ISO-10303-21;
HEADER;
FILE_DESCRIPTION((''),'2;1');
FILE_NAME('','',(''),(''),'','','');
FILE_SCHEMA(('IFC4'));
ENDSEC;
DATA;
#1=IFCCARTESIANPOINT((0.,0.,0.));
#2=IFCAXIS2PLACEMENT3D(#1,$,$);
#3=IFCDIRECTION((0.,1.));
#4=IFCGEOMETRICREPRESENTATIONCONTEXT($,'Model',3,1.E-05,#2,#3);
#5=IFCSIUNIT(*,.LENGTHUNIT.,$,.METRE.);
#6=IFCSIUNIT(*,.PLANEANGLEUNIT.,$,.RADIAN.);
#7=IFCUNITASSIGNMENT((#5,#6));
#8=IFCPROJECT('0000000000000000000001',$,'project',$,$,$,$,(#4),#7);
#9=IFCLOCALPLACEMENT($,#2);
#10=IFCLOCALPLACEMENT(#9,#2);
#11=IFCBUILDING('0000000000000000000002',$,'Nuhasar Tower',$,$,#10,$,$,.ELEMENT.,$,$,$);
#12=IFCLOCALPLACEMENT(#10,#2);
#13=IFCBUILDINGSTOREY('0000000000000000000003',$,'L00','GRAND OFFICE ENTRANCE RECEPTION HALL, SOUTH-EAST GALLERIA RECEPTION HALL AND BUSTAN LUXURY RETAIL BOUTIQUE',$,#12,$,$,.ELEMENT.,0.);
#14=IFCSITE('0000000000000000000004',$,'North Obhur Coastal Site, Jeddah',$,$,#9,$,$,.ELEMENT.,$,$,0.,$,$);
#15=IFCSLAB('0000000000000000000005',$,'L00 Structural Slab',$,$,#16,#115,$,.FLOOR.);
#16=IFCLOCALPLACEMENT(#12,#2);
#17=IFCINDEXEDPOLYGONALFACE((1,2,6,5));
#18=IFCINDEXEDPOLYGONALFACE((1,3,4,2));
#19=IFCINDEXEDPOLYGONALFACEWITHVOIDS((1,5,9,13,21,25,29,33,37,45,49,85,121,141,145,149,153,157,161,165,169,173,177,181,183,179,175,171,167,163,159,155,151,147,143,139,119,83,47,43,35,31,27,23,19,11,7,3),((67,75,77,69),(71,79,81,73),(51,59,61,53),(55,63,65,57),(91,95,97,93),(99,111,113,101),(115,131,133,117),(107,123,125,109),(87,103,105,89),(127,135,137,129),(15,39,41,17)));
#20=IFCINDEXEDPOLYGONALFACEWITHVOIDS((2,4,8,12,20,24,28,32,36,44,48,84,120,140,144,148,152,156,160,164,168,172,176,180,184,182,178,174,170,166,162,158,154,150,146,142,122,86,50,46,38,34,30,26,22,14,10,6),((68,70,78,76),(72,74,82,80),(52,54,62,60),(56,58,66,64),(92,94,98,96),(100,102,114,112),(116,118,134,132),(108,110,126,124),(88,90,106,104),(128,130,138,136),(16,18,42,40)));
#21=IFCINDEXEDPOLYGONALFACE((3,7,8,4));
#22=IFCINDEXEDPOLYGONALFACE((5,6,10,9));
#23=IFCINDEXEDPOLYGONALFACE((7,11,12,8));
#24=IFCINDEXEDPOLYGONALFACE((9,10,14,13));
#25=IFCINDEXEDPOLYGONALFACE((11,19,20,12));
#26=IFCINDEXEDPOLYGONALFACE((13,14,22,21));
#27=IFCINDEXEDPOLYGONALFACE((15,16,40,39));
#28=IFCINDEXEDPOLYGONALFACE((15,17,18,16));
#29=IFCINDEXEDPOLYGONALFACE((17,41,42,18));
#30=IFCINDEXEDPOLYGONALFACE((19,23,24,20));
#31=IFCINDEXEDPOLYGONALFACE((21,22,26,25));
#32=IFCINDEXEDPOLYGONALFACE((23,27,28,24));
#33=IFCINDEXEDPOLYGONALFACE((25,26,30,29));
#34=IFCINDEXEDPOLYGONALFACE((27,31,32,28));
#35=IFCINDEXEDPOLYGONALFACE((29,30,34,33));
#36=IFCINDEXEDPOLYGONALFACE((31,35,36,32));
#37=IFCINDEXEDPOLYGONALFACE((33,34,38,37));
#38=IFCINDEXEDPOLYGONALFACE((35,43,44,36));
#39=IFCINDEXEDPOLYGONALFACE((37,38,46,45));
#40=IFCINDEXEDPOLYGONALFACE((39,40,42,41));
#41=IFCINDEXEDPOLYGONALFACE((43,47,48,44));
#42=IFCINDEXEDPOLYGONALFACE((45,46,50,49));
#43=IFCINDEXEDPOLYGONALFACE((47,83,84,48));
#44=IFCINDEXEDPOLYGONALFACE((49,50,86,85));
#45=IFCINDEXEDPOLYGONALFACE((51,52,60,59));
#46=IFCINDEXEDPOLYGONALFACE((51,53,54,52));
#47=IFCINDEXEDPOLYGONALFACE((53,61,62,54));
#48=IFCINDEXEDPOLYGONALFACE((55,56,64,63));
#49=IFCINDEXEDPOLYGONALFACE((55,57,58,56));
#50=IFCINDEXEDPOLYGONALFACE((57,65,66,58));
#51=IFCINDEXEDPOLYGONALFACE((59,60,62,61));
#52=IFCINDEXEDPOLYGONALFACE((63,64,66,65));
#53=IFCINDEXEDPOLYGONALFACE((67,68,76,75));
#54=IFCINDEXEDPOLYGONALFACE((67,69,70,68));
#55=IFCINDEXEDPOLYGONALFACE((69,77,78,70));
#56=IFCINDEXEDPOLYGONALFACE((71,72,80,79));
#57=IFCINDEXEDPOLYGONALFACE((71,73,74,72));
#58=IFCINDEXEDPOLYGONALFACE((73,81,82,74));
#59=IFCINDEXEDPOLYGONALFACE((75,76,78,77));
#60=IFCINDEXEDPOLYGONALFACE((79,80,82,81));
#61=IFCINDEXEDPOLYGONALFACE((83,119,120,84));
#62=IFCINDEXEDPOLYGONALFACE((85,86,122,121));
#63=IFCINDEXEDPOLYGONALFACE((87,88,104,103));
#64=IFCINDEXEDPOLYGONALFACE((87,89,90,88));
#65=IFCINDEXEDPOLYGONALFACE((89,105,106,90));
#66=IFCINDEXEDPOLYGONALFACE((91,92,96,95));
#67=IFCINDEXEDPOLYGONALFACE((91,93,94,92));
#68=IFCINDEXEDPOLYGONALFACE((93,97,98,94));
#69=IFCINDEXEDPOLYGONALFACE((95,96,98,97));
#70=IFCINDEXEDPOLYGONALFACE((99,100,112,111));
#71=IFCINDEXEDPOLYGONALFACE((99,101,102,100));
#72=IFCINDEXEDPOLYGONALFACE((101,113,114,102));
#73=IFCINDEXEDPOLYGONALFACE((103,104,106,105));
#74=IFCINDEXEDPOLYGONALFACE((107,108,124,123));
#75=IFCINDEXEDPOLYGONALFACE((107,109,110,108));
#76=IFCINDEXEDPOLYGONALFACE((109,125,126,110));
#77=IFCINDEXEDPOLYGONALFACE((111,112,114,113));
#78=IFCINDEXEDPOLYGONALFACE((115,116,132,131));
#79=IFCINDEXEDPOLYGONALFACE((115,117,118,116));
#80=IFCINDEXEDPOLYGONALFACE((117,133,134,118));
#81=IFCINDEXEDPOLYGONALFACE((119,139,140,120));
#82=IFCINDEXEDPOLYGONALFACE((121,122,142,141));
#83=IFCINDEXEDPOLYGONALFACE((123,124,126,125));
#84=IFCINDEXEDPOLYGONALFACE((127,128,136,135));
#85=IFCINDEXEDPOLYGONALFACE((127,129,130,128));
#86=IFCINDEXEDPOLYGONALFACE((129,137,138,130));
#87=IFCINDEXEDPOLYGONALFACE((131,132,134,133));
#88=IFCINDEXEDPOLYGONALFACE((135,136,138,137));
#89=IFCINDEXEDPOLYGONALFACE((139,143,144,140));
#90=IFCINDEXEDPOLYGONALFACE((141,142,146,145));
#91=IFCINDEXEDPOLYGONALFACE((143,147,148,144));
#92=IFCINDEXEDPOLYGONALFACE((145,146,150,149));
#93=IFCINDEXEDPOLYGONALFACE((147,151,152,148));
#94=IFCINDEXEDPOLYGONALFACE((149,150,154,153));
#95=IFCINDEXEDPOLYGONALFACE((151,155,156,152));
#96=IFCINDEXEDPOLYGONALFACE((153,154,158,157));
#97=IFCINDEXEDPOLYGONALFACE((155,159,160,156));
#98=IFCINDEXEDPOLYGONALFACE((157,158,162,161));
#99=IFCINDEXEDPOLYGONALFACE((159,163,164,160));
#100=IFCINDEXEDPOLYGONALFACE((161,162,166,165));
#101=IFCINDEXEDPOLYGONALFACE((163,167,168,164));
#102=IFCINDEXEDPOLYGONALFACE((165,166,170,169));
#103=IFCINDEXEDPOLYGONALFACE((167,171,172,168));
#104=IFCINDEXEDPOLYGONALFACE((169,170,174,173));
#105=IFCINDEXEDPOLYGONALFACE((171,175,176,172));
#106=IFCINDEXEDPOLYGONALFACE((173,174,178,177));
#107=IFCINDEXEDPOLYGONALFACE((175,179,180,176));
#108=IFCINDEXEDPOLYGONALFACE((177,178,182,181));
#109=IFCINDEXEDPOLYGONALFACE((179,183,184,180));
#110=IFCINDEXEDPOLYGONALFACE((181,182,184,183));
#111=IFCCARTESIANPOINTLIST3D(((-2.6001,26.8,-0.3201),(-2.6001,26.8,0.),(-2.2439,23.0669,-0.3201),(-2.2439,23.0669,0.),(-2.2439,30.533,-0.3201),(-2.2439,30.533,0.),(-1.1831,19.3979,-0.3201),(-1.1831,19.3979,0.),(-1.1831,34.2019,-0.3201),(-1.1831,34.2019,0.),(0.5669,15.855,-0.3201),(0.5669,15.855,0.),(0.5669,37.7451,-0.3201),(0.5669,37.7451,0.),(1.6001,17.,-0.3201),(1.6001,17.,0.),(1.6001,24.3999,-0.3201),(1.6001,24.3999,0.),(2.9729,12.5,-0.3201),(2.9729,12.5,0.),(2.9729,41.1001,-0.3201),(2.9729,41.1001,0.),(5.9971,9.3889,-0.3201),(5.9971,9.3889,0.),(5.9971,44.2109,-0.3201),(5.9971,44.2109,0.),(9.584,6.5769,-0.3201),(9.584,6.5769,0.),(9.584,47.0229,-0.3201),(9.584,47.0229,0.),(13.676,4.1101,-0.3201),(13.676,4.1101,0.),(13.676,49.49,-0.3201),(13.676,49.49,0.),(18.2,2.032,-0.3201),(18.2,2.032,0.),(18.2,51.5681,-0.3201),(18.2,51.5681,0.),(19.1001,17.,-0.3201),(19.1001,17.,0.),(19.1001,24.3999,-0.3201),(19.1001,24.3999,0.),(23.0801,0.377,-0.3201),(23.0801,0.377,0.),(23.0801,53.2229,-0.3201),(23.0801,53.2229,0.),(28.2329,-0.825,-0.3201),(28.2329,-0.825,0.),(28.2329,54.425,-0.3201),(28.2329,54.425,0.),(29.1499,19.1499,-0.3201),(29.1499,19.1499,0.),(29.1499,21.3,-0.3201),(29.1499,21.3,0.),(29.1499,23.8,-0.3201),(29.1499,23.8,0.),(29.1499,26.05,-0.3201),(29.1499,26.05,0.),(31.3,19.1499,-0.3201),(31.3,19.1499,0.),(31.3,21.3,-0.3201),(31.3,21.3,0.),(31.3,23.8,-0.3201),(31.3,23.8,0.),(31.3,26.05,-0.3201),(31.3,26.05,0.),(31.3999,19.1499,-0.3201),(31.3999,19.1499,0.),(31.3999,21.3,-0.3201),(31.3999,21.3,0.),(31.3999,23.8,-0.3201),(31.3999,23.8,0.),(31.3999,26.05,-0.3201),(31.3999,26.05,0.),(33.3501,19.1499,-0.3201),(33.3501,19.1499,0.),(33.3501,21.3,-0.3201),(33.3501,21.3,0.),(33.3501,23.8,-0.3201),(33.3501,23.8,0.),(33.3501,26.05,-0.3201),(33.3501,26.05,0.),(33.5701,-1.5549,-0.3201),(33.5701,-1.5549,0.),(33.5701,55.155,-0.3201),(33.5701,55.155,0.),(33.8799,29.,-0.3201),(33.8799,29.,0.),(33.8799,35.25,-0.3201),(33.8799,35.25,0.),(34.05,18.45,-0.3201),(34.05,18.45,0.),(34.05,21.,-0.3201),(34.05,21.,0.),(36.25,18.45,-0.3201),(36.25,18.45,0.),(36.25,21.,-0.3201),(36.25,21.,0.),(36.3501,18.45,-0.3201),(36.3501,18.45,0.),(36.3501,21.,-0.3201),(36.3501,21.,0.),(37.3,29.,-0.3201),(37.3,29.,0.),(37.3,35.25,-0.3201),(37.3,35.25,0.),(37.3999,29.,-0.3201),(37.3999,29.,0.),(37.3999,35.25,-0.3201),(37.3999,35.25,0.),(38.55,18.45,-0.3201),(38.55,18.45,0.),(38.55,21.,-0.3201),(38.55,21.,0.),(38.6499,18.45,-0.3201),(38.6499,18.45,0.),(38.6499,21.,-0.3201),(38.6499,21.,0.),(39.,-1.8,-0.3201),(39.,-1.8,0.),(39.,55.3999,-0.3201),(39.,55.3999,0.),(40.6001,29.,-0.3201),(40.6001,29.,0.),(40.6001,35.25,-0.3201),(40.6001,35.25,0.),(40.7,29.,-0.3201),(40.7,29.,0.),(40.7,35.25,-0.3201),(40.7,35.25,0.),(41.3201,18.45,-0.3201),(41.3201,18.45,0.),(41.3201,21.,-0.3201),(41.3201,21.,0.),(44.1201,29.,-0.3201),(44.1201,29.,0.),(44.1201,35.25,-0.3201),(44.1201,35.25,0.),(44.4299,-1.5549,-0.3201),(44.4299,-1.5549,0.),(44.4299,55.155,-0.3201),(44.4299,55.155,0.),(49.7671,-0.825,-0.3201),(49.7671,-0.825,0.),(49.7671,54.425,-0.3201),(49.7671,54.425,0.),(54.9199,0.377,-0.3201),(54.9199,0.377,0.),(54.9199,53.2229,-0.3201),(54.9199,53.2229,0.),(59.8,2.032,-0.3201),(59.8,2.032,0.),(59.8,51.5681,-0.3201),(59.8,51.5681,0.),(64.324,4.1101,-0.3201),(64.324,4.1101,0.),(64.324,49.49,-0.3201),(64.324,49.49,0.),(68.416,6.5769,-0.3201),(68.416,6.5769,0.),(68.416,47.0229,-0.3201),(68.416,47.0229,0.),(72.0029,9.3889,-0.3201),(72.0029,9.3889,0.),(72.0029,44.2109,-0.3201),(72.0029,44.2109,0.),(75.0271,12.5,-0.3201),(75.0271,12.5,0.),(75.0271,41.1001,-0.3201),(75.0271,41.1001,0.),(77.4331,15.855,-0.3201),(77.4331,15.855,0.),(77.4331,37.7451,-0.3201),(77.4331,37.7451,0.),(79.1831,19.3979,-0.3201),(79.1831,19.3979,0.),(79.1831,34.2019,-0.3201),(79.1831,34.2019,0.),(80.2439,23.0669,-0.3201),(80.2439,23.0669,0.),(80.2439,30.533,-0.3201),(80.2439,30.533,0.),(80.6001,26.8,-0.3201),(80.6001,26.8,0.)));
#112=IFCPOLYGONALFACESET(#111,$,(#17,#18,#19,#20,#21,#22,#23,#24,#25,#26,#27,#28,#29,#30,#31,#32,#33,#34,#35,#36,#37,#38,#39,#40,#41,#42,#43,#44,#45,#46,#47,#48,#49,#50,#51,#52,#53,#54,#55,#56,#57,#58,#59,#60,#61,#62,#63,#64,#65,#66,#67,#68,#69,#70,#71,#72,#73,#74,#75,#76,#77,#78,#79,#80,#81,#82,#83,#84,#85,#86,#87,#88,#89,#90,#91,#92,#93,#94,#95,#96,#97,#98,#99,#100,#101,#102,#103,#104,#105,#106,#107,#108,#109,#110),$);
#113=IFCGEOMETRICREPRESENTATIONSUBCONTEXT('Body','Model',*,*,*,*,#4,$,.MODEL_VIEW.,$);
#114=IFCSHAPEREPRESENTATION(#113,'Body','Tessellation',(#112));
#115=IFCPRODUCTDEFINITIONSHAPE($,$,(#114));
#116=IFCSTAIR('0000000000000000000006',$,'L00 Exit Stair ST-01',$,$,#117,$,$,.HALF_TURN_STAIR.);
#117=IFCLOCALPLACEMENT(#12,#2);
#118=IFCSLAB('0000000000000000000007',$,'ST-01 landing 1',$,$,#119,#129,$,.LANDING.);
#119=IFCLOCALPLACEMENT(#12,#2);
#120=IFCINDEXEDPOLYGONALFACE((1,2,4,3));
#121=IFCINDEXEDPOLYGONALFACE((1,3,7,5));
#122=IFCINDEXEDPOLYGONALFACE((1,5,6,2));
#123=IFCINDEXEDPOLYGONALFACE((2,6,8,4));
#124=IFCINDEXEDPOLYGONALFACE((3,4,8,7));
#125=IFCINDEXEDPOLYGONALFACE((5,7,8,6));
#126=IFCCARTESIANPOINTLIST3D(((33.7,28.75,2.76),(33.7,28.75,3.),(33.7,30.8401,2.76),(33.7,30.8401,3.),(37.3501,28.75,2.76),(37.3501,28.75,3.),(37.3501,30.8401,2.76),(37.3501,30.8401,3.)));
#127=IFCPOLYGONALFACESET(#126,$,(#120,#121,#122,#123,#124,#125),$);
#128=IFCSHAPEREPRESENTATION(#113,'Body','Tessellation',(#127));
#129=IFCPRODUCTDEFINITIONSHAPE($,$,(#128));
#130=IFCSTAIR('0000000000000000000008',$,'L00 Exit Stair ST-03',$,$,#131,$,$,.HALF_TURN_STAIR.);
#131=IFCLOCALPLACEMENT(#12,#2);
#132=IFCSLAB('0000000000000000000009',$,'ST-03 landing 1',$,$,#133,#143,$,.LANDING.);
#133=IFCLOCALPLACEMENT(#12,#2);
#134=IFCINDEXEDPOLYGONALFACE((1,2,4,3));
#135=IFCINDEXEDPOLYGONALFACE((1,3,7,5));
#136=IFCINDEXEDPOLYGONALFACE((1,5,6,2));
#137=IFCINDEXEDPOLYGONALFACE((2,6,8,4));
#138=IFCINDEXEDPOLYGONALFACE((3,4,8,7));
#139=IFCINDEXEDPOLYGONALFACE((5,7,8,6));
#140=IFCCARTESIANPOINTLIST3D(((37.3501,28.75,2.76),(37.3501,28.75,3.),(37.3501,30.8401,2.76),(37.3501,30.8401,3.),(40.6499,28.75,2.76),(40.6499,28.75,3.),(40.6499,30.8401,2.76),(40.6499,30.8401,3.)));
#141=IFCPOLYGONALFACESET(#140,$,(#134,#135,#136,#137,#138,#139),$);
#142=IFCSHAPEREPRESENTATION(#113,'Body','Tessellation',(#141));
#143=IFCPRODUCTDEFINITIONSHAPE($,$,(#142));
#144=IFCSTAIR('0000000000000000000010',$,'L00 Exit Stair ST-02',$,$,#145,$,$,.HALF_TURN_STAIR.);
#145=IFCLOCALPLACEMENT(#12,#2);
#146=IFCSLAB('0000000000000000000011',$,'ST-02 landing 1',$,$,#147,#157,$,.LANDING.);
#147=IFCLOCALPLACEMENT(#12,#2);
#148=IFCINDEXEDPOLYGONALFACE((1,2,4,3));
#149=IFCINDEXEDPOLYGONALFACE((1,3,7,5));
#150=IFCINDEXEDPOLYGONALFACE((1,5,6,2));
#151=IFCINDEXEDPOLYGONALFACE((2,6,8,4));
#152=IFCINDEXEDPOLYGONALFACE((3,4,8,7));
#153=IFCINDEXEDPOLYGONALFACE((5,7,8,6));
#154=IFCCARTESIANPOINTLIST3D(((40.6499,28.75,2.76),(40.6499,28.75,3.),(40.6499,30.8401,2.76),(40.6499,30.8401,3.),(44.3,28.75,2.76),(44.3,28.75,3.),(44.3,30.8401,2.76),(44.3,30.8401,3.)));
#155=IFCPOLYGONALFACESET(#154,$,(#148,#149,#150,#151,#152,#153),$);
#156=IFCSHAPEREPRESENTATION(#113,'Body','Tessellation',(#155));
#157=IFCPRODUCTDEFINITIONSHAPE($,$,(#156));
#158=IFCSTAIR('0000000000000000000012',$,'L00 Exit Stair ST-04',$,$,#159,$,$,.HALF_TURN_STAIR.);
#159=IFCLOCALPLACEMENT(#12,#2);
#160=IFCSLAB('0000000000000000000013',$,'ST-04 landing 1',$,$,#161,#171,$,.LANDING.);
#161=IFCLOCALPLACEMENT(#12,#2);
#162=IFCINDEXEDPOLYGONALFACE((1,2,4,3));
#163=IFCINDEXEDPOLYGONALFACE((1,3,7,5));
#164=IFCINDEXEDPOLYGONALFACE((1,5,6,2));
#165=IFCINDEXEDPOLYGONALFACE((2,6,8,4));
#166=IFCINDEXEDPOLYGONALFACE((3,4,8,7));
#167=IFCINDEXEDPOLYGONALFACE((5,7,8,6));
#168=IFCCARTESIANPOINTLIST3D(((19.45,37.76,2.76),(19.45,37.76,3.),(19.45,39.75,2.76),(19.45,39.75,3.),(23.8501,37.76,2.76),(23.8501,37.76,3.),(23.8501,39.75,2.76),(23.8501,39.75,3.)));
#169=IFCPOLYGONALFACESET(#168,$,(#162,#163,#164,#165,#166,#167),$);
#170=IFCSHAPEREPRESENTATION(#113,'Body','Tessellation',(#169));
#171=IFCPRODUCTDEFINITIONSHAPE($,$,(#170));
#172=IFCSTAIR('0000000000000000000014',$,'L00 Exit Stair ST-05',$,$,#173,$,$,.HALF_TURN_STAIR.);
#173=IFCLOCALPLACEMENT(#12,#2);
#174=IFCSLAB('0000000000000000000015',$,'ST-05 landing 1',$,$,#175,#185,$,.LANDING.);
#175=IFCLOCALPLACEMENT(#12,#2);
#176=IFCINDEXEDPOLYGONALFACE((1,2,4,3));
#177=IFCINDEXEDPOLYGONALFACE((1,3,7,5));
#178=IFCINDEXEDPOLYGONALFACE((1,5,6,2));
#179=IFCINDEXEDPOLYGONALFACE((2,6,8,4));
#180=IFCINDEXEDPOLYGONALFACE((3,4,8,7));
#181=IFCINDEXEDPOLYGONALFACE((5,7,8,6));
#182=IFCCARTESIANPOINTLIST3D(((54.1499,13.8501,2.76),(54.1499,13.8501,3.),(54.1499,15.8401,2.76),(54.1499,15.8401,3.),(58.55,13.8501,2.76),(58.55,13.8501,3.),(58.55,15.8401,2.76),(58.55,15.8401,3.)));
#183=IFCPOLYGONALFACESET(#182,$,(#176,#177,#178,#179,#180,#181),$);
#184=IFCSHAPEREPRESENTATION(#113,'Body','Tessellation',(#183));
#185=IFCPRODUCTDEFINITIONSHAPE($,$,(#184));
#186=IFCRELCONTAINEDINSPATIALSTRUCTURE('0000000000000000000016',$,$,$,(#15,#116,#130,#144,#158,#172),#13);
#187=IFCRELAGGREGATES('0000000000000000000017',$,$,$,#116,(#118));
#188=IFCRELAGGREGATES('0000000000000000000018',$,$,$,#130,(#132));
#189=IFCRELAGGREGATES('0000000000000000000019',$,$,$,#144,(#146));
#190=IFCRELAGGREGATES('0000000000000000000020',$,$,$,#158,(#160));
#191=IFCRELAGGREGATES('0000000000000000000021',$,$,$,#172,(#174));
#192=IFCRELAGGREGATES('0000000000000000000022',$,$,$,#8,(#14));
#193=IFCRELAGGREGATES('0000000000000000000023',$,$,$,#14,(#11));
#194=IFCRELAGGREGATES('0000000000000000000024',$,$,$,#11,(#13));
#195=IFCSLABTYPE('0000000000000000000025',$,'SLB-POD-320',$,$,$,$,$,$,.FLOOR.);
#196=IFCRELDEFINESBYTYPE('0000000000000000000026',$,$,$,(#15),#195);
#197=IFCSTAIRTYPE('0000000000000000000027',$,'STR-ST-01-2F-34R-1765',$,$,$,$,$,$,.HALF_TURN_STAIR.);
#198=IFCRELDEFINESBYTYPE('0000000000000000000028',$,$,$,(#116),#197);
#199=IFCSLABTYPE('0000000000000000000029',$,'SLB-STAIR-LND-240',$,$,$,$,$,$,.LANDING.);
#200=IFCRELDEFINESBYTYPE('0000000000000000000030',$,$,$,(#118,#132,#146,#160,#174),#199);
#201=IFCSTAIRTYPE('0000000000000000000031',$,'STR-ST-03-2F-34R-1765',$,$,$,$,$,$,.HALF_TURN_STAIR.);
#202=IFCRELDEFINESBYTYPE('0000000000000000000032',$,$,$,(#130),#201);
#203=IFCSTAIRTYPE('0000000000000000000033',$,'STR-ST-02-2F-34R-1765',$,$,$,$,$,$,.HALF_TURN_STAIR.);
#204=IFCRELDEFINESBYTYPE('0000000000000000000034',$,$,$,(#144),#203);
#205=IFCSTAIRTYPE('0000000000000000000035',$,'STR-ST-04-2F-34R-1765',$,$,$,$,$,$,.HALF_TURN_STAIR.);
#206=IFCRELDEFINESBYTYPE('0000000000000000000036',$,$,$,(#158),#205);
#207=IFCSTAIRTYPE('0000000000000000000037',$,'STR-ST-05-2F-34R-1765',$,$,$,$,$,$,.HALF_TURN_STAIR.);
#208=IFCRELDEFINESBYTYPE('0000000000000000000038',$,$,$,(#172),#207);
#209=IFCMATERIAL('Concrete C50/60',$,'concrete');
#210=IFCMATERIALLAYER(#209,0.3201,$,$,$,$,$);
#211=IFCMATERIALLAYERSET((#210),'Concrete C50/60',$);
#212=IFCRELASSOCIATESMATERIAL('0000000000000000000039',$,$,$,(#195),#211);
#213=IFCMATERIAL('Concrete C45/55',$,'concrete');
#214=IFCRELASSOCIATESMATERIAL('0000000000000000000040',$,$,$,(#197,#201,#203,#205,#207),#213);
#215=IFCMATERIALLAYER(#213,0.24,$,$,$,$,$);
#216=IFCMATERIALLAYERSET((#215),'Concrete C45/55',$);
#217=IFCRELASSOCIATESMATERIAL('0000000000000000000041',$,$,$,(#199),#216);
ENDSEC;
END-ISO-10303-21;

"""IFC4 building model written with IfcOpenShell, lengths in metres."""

from ifc_helpers import new_model, si_unit, direction, frame, origin, place, context, subcontext, project, spatial, polyline, outline, extrude, material, layer, layer_set, type_object, element, aggregate, save


model = new_model("IFC4")

# Units and contexts
model_context = context("Model", 3, precision=1e-05, world=origin(), true_north=direction((0.0, 1.0)))
body_context = subcontext(model_context, "Body", "Model", "MODEL_VIEW")
ifc_project = project(units=[si_unit("LENGTHUNIT", "METRE"), si_unit("PLANEANGLEUNIT", "RADIAN")], contexts=[model_context])

# Site, building, storey
site_placement = place(None, origin())
site = spatial("IfcSite", under=ifc_project, at=site_placement, Name="North Obhur Coastal Site, Jeddah", CompositionType="ELEMENT", RefElevation=0.0)
building_placement = place(site_placement, origin())
building = spatial("IfcBuilding", under=site, at=building_placement, Name="Nuhasar Tower", CompositionType="ELEMENT")
storey_placement = place(building_placement, origin())
storey = spatial("IfcBuildingStorey", under=building, at=storey_placement, Name="L00", Description="GRAND OFFICE ENTRANCE RECEPTION HALL, SOUTH-EAST GALLERIA RECEPTION HALL AND BUSTAN LUXURY RETAIL BOUTIQUE", CompositionType="ELEMENT", Elevation=0.0)

# Slab
ifc_material_1 = material(Name="Concrete C50/60", Category="concrete")
ifc_layer_1 = layer(ifc_material_1, 0.3201)
ifc_layer_set_1 = layer_set([ifc_layer_1], Name="Concrete C50/60")
slab_type_1 = type_object("IfcSlabType", Name="SLB-POD-320", PredefinedType="FLOOR", material=ifc_layer_set_1)
slab_1_placement = place(storey_placement, frame((0.0, 0.0, -0.3201)))
element("IfcSlab", 1, at=slab_1_placement, inside=storey, type_object=slab_type_1, Name="L00 Structural Slab", PredefinedType="FLOOR", context=body_context, shape_type="SweptSolid", body=[
    extrude(outline(polyline([(80.6001, 26.8), (80.2439, 30.533), (79.1831, 34.2019), (77.4331, 37.7451), (75.0271, 41.1001), (72.0029, 44.2109), (68.416, 47.0229), (64.324, 49.49), (59.8, 51.5681), (54.9199, 53.2229), (49.7671, 54.425), (44.4299, 55.155), (39.0, 55.3999), (33.5701, 55.155), (28.2329, 54.425), (23.0801, 53.2229), (18.2, 51.5681), (13.676, 49.49), (9.584, 47.0229), (5.9971, 44.2109), (2.9729, 41.1001), (0.5669, 37.7451), (-1.1831, 34.2019), (-2.2439, 30.533), (-2.6001, 26.8), (-2.2439, 23.0669), (-1.1831, 19.3979), (0.5669, 15.855), (2.9729, 12.5), (5.9971, 9.3889), (9.584, 6.5769), (13.676, 4.1101), (18.2, 2.032), (23.0801, 0.377), (28.2329, -0.825), (33.5701, -1.5549), (39.0, -1.8), (44.4299, -1.5549), (49.7671, -0.825), (54.9199, 0.377), (59.8, 2.032), (64.324, 4.1101), (68.416, 6.5769), (72.0029, 9.3889), (75.0271, 12.5), (77.4331, 15.855), (79.1831, 19.3979), (80.2439, 23.0669), (80.6001, 26.8)]), holes=[polyline([(33.8799, 35.25), (37.3, 35.25), (37.3, 29.0), (33.8799, 29.0), (33.8799, 35.25)]), polyline([(37.3999, 35.25), (40.6001, 35.25), (40.6001, 29.0), (37.3999, 29.0), (37.3999, 35.25)]), polyline([(40.7, 35.25), (44.1201, 35.25), (44.1201, 29.0), (40.7, 29.0), (40.7, 35.25)]), polyline([(29.1499, 26.05), (31.3, 26.05), (31.3, 23.8), (29.1499, 23.8), (29.1499, 26.05)]), polyline([(31.3999, 26.05), (33.3501, 26.05), (33.3501, 23.8), (31.3999, 23.8), (31.3999, 26.05)]), polyline([(29.1499, 21.3), (31.3, 21.3), (31.3, 19.1499), (29.1499, 19.1499), (29.1499, 21.3)]), polyline([(31.3999, 21.3), (33.3501, 21.3), (33.3501, 19.1499), (31.3999, 19.1499), (31.3999, 21.3)]), polyline([(34.05, 21.0), (36.25, 21.0), (36.25, 18.45), (34.05, 18.45), (34.05, 21.0)]), polyline([(36.3501, 21.0), (38.55, 21.0), (38.55, 18.45), (36.3501, 18.45), (36.3501, 21.0)]), polyline([(38.6499, 21.0), (41.3201, 21.0), (41.3201, 18.45), (38.6499, 18.45), (38.6499, 21.0)]), polyline([(1.6001, 24.3999), (19.1001, 24.3999), (19.1001, 17.0), (1.6001, 17.0), (1.6001, 24.3999)])]), origin(), (0.0, 0.0, 1.0), 0.3201),
])

# Stairs, slabs
ifc_material_2 = material(Name="Concrete C45/55", Category="concrete")
stair_type_1 = type_object("IfcStairType", Name="STR-ST-01-2F-34R-1765", PredefinedType="HALF_TURN_STAIR", material=ifc_material_2)
stair_1_placement = place(storey_placement, origin())
stair_1 = element("IfcStair", 2, at=stair_1_placement, inside=storey, type_object=stair_type_1, Name="L00 Exit Stair ST-01", PredefinedType="HALF_TURN_STAIR")
ifc_layer_2 = layer(ifc_material_2, 0.24)
ifc_layer_set_2 = layer_set([ifc_layer_2], Name="Concrete C45/55")
slab_type_2 = type_object("IfcSlabType", Name="SLB-STAIR-LND-240", PredefinedType="LANDING", material=ifc_layer_set_2)
slab_2_placement = place(storey_placement, frame((0.0, 0.0, 2.76)))
slab_2 = element("IfcSlab", 3, at=slab_2_placement, type_object=slab_type_2, Name="ST-01 landing 1", PredefinedType="LANDING", context=body_context, shape_type="SweptSolid", body=[
    extrude(outline(polyline([(33.7, 28.75), (37.3501, 28.75), (37.3501, 30.8401), (33.7, 30.8401), (33.7, 28.75)])), origin(), (0.0, 0.0, 1.0), 0.24),
])
aggregate(stair_1, [slab_2])
stair_type_2 = type_object("IfcStairType", Name="STR-ST-03-2F-34R-1765", PredefinedType="HALF_TURN_STAIR", material=ifc_material_2)
stair_2_placement = place(storey_placement, origin())
stair_2 = element("IfcStair", 4, at=stair_2_placement, inside=storey, type_object=stair_type_2, Name="L00 Exit Stair ST-03", PredefinedType="HALF_TURN_STAIR")
slab_3_placement = place(storey_placement, frame((0.0, 0.0, 2.76)))
slab_3 = element("IfcSlab", 5, at=slab_3_placement, type_object=slab_type_2, Name="ST-03 landing 1", PredefinedType="LANDING", context=body_context, shape_type="SweptSolid", body=[
    extrude(outline(polyline([(37.3501, 28.75), (40.6499, 28.75), (40.6499, 30.8401), (37.3501, 30.8401), (37.3501, 28.75)])), origin(), (0.0, 0.0, 1.0), 0.24),
])
aggregate(stair_2, [slab_3])
stair_type_3 = type_object("IfcStairType", Name="STR-ST-02-2F-34R-1765", PredefinedType="HALF_TURN_STAIR", material=ifc_material_2)
stair_3_placement = place(storey_placement, origin())
stair_3 = element("IfcStair", 6, at=stair_3_placement, inside=storey, type_object=stair_type_3, Name="L00 Exit Stair ST-02", PredefinedType="HALF_TURN_STAIR")
slab_4_placement = place(storey_placement, frame((0.0, 0.0, 2.76)))
slab_4 = element("IfcSlab", 7, at=slab_4_placement, type_object=slab_type_2, Name="ST-02 landing 1", PredefinedType="LANDING", context=body_context, shape_type="SweptSolid", body=[
    extrude(outline(polyline([(40.6499, 28.75), (44.3, 28.75), (44.3, 30.8401), (40.6499, 30.8401), (40.6499, 28.75)])), origin(), (0.0, 0.0, 1.0), 0.24),
])
aggregate(stair_3, [slab_4])
stair_type_4 = type_object("IfcStairType", Name="STR-ST-04-2F-34R-1765", PredefinedType="HALF_TURN_STAIR", material=ifc_material_2)
stair_4_placement = place(storey_placement, origin())
stair_4 = element("IfcStair", 8, at=stair_4_placement, inside=storey, type_object=stair_type_4, Name="L00 Exit Stair ST-04", PredefinedType="HALF_TURN_STAIR")
slab_5_placement = place(storey_placement, frame((0.0, 0.0, 2.76)))
slab_5 = element("IfcSlab", 9, at=slab_5_placement, type_object=slab_type_2, Name="ST-04 landing 1", PredefinedType="LANDING", context=body_context, shape_type="SweptSolid", body=[
    extrude(outline(polyline([(19.45, 37.76), (23.8501, 37.76), (23.8501, 39.75), (19.45, 39.75), (19.45, 37.76)])), origin(), (0.0, 0.0, 1.0), 0.24),
])
aggregate(stair_4, [slab_5])
stair_type_5 = type_object("IfcStairType", Name="STR-ST-05-2F-34R-1765", PredefinedType="HALF_TURN_STAIR", material=ifc_material_2)
stair_5_placement = place(storey_placement, origin())
stair_5 = element("IfcStair", 10, at=stair_5_placement, inside=storey, type_object=stair_type_5, Name="L00 Exit Stair ST-05", PredefinedType="HALF_TURN_STAIR")
slab_6_placement = place(storey_placement, frame((0.0, 0.0, 2.76)))
slab_6 = element("IfcSlab", 11, at=slab_6_placement, type_object=slab_type_2, Name="ST-05 landing 1", PredefinedType="LANDING", context=body_context, shape_type="SweptSolid", body=[
    extrude(outline(polyline([(54.1499, 13.8501), (58.55, 13.8501), (58.55, 15.8401), (54.1499, 15.8401), (54.1499, 13.8501)])), origin(), (0.0, 0.0, 1.0), 0.24),
])
aggregate(stair_5, [slab_6])

save(model, "model.ifc")
